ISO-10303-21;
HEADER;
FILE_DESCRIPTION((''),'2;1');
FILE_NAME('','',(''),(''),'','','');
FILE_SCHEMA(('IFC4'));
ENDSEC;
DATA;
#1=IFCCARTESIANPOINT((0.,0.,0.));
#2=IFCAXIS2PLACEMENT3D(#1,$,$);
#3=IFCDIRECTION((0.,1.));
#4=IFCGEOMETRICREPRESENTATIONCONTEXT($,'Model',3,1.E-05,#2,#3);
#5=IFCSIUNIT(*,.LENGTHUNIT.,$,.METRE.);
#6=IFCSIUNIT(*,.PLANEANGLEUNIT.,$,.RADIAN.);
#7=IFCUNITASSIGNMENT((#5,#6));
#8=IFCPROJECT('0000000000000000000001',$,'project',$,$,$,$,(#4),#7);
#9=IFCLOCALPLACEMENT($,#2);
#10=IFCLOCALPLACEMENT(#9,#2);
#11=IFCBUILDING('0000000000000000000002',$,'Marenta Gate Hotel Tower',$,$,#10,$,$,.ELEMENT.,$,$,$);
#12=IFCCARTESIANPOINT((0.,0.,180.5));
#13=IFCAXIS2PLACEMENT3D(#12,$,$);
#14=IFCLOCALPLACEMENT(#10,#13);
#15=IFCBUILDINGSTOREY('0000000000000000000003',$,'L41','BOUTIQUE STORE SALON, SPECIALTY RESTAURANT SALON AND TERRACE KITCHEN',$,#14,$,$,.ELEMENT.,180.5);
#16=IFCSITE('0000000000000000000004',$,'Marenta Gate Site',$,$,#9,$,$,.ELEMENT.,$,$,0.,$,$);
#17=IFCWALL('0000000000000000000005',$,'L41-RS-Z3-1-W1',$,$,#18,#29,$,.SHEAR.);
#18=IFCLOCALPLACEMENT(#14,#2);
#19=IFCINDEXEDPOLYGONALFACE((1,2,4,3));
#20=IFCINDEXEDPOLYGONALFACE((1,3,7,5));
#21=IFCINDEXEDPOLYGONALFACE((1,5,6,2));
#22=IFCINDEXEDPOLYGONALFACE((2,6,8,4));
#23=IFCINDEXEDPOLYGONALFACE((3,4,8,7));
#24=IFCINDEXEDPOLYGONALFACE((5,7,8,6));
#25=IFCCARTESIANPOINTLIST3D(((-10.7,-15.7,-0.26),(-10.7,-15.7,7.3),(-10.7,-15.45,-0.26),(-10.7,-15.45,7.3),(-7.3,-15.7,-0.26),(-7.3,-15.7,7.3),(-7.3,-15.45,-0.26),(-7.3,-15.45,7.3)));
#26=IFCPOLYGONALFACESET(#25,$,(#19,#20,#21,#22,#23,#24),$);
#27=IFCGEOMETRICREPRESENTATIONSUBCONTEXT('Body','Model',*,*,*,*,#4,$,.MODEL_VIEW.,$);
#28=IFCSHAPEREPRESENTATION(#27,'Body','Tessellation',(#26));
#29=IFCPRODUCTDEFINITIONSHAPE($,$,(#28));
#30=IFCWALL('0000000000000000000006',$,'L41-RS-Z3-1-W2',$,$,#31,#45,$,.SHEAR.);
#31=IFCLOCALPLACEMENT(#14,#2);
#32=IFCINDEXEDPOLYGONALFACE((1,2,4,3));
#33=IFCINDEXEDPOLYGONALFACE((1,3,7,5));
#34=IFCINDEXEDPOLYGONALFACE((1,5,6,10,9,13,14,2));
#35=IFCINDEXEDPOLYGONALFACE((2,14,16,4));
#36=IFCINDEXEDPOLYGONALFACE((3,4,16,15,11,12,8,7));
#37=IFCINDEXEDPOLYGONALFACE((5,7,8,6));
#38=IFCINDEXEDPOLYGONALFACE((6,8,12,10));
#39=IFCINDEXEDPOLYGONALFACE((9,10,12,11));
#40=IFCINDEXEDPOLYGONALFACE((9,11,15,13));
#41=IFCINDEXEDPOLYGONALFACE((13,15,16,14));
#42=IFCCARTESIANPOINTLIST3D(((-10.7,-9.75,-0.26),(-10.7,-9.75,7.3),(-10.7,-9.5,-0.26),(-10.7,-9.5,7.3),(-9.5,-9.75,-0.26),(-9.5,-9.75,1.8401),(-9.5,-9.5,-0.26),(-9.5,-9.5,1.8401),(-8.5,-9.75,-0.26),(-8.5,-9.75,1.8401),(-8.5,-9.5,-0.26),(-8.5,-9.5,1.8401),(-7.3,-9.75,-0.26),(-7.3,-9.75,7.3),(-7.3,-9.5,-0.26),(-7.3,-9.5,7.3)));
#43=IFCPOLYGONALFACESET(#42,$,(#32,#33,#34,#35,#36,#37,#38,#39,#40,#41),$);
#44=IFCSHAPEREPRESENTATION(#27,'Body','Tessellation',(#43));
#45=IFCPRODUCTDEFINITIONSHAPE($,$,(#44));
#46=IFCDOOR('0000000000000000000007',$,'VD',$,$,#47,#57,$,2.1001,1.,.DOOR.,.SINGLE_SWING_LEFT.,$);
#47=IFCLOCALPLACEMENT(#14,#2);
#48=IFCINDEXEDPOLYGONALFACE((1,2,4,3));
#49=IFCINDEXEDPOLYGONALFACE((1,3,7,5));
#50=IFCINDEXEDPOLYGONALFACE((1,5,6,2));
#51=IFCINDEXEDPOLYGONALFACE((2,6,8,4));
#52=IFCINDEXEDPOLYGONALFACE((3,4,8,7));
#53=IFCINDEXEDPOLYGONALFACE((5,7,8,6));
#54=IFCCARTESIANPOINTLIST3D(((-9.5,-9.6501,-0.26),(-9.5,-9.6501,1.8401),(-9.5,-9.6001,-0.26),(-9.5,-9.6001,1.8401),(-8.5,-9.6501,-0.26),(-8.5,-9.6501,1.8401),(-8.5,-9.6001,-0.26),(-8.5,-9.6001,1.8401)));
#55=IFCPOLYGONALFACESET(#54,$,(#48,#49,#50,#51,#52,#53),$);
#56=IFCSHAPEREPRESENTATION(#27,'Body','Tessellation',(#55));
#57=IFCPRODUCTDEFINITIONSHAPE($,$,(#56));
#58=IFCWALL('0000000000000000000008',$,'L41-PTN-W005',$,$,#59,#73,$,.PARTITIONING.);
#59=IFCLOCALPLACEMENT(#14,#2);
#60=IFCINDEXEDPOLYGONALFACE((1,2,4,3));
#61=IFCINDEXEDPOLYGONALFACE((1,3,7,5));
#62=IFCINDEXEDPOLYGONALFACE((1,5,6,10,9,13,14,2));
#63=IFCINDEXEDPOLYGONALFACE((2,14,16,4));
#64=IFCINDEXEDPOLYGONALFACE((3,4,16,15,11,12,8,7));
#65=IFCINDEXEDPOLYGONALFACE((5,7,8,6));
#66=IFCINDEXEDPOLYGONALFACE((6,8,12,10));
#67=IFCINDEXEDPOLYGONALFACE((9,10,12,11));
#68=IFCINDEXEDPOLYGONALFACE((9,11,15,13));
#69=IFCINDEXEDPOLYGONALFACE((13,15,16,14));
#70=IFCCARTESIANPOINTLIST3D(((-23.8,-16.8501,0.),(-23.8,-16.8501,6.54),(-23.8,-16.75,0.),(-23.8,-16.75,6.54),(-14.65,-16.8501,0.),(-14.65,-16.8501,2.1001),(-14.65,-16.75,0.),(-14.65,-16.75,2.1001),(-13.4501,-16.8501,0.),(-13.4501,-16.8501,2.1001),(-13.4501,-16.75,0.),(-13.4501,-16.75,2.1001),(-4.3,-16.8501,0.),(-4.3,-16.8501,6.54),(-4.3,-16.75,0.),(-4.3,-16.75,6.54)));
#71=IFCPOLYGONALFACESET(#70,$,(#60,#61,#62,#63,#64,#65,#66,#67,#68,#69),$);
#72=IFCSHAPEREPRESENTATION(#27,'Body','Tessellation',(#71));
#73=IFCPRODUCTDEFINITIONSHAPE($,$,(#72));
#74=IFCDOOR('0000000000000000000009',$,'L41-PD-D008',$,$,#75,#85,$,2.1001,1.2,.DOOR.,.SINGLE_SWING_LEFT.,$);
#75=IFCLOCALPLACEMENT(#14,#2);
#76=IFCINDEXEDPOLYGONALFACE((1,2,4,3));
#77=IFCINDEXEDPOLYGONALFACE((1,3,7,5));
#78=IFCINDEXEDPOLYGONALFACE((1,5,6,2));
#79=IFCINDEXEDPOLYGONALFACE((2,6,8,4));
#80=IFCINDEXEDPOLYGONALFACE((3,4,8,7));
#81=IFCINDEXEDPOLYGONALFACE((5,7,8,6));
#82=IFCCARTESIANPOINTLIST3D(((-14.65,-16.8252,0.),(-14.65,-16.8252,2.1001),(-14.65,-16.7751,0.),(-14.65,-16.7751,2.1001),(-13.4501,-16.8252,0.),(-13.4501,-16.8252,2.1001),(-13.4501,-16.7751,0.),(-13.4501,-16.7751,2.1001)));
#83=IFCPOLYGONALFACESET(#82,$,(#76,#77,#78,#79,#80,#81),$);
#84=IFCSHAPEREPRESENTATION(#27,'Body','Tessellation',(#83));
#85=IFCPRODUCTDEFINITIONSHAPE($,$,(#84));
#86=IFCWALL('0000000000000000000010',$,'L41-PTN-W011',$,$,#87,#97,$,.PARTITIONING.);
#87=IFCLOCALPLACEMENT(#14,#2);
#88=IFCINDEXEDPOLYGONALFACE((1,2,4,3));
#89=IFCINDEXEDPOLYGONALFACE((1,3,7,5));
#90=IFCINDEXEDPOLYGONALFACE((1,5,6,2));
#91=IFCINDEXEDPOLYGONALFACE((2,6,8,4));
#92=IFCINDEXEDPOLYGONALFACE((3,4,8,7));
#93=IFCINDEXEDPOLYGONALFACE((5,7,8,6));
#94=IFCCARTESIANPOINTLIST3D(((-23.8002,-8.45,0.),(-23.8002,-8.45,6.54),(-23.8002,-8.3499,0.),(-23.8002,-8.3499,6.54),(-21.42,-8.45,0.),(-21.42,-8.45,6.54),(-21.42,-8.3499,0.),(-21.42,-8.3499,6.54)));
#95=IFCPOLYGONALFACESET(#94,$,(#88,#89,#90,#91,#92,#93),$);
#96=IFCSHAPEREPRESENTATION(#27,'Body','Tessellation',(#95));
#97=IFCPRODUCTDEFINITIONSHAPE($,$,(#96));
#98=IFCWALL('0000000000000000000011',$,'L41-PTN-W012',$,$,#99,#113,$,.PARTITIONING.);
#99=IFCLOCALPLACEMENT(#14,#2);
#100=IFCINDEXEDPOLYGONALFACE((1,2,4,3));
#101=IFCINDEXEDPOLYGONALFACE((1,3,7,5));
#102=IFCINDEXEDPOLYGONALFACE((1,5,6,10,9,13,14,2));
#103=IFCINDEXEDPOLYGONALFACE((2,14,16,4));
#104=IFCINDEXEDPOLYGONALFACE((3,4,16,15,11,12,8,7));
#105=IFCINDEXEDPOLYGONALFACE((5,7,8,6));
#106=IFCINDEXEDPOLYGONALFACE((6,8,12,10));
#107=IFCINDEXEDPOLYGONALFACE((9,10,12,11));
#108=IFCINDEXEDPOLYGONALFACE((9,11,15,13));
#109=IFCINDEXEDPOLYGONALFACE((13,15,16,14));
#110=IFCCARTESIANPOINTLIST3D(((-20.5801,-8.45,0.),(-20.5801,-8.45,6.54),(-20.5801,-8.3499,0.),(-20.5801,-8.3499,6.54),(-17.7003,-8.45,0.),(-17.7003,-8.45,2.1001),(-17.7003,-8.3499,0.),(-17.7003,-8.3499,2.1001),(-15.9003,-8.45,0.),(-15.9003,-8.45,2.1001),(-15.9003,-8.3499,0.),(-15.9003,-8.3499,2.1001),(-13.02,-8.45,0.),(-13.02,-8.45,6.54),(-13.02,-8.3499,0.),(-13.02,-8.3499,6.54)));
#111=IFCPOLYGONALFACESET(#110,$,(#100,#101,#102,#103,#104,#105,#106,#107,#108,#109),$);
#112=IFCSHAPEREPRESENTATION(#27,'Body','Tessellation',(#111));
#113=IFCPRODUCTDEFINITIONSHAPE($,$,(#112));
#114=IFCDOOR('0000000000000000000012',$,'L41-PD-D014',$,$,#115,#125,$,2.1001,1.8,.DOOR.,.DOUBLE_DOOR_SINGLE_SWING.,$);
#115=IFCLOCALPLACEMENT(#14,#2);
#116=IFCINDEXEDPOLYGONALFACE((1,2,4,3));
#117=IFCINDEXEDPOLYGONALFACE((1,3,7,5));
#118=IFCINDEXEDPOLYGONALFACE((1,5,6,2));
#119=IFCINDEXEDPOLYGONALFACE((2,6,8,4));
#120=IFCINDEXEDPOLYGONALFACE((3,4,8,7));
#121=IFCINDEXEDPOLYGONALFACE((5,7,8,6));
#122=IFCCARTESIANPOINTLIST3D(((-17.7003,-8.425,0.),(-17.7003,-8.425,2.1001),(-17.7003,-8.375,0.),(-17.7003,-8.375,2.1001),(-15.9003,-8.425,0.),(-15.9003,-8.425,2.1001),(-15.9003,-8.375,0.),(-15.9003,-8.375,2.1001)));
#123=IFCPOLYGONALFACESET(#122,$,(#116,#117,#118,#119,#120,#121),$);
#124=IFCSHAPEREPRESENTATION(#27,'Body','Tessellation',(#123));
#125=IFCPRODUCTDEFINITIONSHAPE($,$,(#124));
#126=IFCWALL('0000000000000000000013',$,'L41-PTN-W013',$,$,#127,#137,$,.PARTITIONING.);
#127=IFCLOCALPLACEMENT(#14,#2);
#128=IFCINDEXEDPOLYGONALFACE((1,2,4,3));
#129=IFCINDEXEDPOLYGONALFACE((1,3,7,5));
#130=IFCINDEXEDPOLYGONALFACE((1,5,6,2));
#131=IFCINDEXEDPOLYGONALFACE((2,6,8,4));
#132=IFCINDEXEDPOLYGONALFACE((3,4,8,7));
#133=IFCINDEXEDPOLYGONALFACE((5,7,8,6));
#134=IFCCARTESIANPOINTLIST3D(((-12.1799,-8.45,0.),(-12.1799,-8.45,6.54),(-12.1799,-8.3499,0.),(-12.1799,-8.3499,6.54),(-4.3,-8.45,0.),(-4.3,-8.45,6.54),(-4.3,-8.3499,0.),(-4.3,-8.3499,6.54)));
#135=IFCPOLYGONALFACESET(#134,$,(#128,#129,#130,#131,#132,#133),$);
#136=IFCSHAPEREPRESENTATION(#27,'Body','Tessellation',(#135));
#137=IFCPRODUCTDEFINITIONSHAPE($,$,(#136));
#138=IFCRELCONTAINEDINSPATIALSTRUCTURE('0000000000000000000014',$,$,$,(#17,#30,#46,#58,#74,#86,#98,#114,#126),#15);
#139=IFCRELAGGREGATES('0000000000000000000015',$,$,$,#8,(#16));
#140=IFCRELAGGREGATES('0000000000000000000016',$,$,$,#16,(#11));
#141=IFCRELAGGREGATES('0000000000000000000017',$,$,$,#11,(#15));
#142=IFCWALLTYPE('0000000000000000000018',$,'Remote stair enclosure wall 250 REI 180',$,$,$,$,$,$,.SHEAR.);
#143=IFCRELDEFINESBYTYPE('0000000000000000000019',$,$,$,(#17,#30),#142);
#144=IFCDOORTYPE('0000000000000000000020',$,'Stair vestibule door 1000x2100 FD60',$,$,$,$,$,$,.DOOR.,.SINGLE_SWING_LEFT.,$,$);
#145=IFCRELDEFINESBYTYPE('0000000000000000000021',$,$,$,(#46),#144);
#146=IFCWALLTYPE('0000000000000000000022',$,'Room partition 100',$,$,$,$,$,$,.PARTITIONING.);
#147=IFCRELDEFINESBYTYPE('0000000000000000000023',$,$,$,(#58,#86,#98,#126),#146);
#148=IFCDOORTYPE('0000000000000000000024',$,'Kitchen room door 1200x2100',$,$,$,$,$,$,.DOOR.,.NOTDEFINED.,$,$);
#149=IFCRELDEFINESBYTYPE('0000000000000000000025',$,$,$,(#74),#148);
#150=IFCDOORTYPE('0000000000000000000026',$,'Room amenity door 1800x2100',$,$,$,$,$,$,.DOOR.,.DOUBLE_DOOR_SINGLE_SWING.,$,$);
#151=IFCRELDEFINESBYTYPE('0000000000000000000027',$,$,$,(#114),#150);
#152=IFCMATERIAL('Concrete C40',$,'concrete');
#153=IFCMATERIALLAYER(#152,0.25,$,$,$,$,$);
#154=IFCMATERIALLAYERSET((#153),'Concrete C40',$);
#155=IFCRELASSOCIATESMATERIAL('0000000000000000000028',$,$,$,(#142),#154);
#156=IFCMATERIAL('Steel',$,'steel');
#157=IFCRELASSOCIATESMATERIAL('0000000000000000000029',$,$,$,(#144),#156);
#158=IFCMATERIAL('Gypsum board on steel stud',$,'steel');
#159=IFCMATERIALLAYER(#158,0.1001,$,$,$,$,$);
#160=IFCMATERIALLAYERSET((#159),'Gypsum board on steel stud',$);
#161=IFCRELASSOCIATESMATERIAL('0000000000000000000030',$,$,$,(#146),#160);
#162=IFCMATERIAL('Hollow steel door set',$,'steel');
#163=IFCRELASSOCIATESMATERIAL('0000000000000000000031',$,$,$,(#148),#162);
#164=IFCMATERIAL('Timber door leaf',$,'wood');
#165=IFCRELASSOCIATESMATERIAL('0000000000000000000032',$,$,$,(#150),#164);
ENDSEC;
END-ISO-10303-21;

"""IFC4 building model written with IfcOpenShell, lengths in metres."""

from ifc_helpers import new_model, si_unit, direction, frame, frame_2d, origin, place, context, subcontext, project, spatial, rectangle, extrude, material, layer, layer_set, type_object, element, fill, save


model = new_model("IFC4")

# Units and contexts
model_context = context("Model", 3, precision=1e-05, world=origin(), true_north=direction((0.0, 1.0)))
body_context = subcontext(model_context, "Body", "Model", "MODEL_VIEW")
ifc_project = project(units=[si_unit("LENGTHUNIT", "METRE"), si_unit("PLANEANGLEUNIT", "RADIAN")], contexts=[model_context])

# Site, building, storey
site_placement = place(None, origin())
site = spatial("IfcSite", under=ifc_project, at=site_placement, Name="Marenta Gate Site", CompositionType="ELEMENT", RefElevation=0.0)
building_placement = place(site_placement, origin())
building = spatial("IfcBuilding", under=site, at=building_placement, Name="Marenta Gate Hotel Tower", CompositionType="ELEMENT")
storey_placement = place(building_placement, frame((0.0, 0.0, 180.5)))
storey = spatial("IfcBuildingStorey", under=building, at=storey_placement, Name="L41", Description="BOUTIQUE STORE SALON, SPECIALTY RESTAURANT SALON AND TERRACE KITCHEN", CompositionType="ELEMENT", Elevation=180.5)

# Wall
ifc_material_1 = material(Name="Concrete C40", Category="concrete")
ifc_layer_1 = layer(ifc_material_1, 0.25)
ifc_layer_set_1 = layer_set([ifc_layer_1], Name="Concrete C40")
wall_type_1 = type_object("IfcWallType", Name="Remote stair enclosure wall 250 REI 180", PredefinedType="SHEAR", material=ifc_layer_set_1)
wall_1_placement = place(storey_placement, frame((-10.7, -15.575, -0.26), z_axis=(0.0, 0.0, 1.0), x_axis=(1.0, 0.0, 0.0)))
element("IfcWall", 1, at=wall_1_placement, inside=storey, type_object=wall_type_1, Name="L41-RS-Z3-1-W1", PredefinedType="SHEAR", context=body_context, shape_type="SweptSolid", body=[
    extrude(rectangle(XDim=3.3999, YDim=0.25, at=frame_2d((1.7, 0.0))), origin(), (0.0, 0.0, 1.0), 7.5601),
])

# Walls, openings, doors
wall_2_placement = place(storey_placement, frame((-10.7, -9.625, -0.26), z_axis=(0.0, 0.0, 1.0), x_axis=(1.0, 0.0, 0.0)))
wall_2 = element("IfcWall", 2, at=wall_2_placement, inside=storey, type_object=wall_type_1, Name="L41-RS-Z3-1-W2", PredefinedType="SHEAR", context=body_context, shape_type="SweptSolid", body=[
    extrude(rectangle(XDim=3.3999, YDim=0.25, at=frame_2d((1.7, 0.0))), origin(), (0.0, 0.0, 1.0), 7.5601),
])
opening_1_placement = place(wall_2_placement, frame((1.2, 0.0, 0.0)))
opening_1 = element("IfcOpeningElement", 3, at=opening_1_placement, cuts=wall_2, PredefinedType="OPENING", context=body_context, shape_type="SweptSolid", body=[
    extrude(rectangle(XDim=1.0, YDim=2.1001, at=frame_2d((0.5, 1.05))), frame((0.0, 0.125, 0.0), z_axis=(0.0, -1.0, 0.0), x_axis=(1.0, 0.0, 0.0)), (0.0, 0.0, 1.0), 0.25),
])
ifc_material_2 = material(Name="Steel", Category="steel")
door_type_1 = type_object("IfcDoorType", Name="Stair vestibule door 1000x2100 FD60", OperationType="SINGLE_SWING_LEFT", PredefinedType="DOOR", material=ifc_material_2)
door_1_placement = place(opening_1_placement, origin())
door_1 = element("IfcDoor", 4, at=door_1_placement, inside=storey, type_object=door_type_1, Name="VD", OperationType="SINGLE_SWING_LEFT", OverallHeight=2.1001, OverallWidth=1.0, PredefinedType="DOOR", context=body_context, shape_type="SweptSolid", body=[
    extrude(rectangle(XDim=1.0, YDim=2.1001, at=frame_2d((0.5, 1.05))), frame((0.0, 0.0249, 0.0), z_axis=(0.0, -1.0, 0.0), x_axis=(1.0, 0.0, 0.0)), (0.0, 0.0, 1.0), 0.05),
])
fill(opening_1, door_1)
ifc_material_3 = material(Name="Gypsum board on steel stud", Category="steel")
ifc_layer_2 = layer(ifc_material_3, 0.1001)
ifc_layer_set_2 = layer_set([ifc_layer_2], Name="Gypsum board on steel stud")
wall_type_2 = type_object("IfcWallType", Name="Room partition 100", PredefinedType="PARTITIONING", material=ifc_layer_set_2)
wall_3_placement = place(storey_placement, frame((-23.8, -16.8, 0.0), z_axis=(0.0, 0.0, 1.0), x_axis=(1.0, 0.0, 0.0)))
wall_3 = element("IfcWall", 5, at=wall_3_placement, inside=storey, type_object=wall_type_2, Name="L41-PTN-W005", PredefinedType="PARTITIONING", context=body_context, shape_type="SweptSolid", body=[
    extrude(rectangle(XDim=19.5, YDim=0.1001, at=frame_2d((9.75, 0.0))), origin(), (0.0, 0.0, 1.0), 6.54),
])
opening_2_placement = place(wall_3_placement, frame((9.1499, 0.0, 0.0)))
opening_2 = element("IfcOpeningElement", 6, at=opening_2_placement, cuts=wall_3, PredefinedType="OPENING", context=body_context, shape_type="SweptSolid", body=[
    extrude(rectangle(XDim=1.2, YDim=2.1001, at=frame_2d((0.6001, 1.05))), frame((0.0, 0.05, 0.0), z_axis=(0.0, -1.0, 0.0), x_axis=(1.0, 0.0, 0.0)), (0.0, 0.0, 1.0), 0.1001),
])
ifc_material_4 = material(Name="Hollow steel door set", Category="steel")
door_type_2 = type_object("IfcDoorType", Name="Kitchen room door 1200x2100", OperationType="NOTDEFINED", PredefinedType="DOOR", material=ifc_material_4)
door_2_placement = place(opening_2_placement, origin())
door_2 = element("IfcDoor", 7, at=door_2_placement, inside=storey, type_object=door_type_2, Name="L41-PD-D008", OperationType="SINGLE_SWING_LEFT", OverallHeight=2.1001, OverallWidth=1.2, PredefinedType="DOOR", context=body_context, shape_type="SweptSolid", body=[
    extrude(rectangle(XDim=1.2, YDim=2.1001, at=frame_2d((0.6001, 1.05))), frame((0.0, 0.0249, 0.0), z_axis=(0.0, -1.0, 0.0), x_axis=(1.0, 0.0, 0.0)), (0.0, 0.0, 1.0), 0.05),
])
fill(opening_2, door_2)

# Wall
wall_4_placement = place(storey_placement, frame((-23.8, -8.3999, 0.0), z_axis=(0.0, 0.0, 1.0), x_axis=(1.0, 0.0, 0.0)))
element("IfcWall", 8, at=wall_4_placement, inside=storey, type_object=wall_type_2, Name="L41-PTN-W011", PredefinedType="PARTITIONING", context=body_context, shape_type="SweptSolid", body=[
    extrude(rectangle(XDim=2.3801, YDim=0.1001, at=frame_2d((1.1899, 0.0))), origin(), (0.0, 0.0, 1.0), 6.54),
])

# Wall, opening, door
wall_5_placement = place(storey_placement, frame((-20.5801, -8.3999, 0.0), z_axis=(0.0, 0.0, 1.0), x_axis=(1.0, 0.0, 0.0)))
wall_5 = element("IfcWall", 9, at=wall_5_placement, inside=storey, type_object=wall_type_2, Name="L41-PTN-W012", PredefinedType="PARTITIONING", context=body_context, shape_type="SweptSolid", body=[
    extrude(rectangle(XDim=7.5601, YDim=0.1001, at=frame_2d((3.78, 0.0))), origin(), (0.0, 0.0, 1.0), 6.54),
])
opening_3_placement = place(wall_5_placement, frame((2.8799, 0.0, 0.0)))
opening_3 = element("IfcOpeningElement", 10, at=opening_3_placement, cuts=wall_5, PredefinedType="OPENING", context=body_context, shape_type="SweptSolid", body=[
    extrude(rectangle(XDim=1.8, YDim=2.1001, at=frame_2d((0.8999, 1.05))), frame((0.0, 0.05, 0.0), z_axis=(0.0, -1.0, 0.0), x_axis=(1.0, 0.0, 0.0)), (0.0, 0.0, 1.0), 0.1001),
])
ifc_material_5 = material(Name="Timber door leaf", Category="wood")
door_type_3 = type_object("IfcDoorType", Name="Room amenity door 1800x2100", OperationType="DOUBLE_DOOR_SINGLE_SWING", PredefinedType="DOOR", material=ifc_material_5)
door_3_placement = place(opening_3_placement, origin())
door_3 = element("IfcDoor", 11, at=door_3_placement, inside=storey, type_object=door_type_3, Name="L41-PD-D014", OperationType="DOUBLE_DOOR_SINGLE_SWING", OverallHeight=2.1001, OverallWidth=1.8, PredefinedType="DOOR", context=body_context, shape_type="SweptSolid", body=[
    extrude(rectangle(XDim=1.8, YDim=2.1001, at=frame_2d((0.8999, 1.05))), frame((0.0, 0.0249, 0.0), z_axis=(0.0, -1.0, 0.0), x_axis=(1.0, 0.0, 0.0)), (0.0, 0.0, 1.0), 0.05),
])
fill(opening_3, door_3)

# Wall
wall_6_placement = place(storey_placement, frame((-12.1799, -8.3999, 0.0), z_axis=(0.0, 0.0, 1.0), x_axis=(1.0, 0.0, 0.0)))
element("IfcWall", 12, at=wall_6_placement, inside=storey, type_object=wall_type_2, Name="L41-PTN-W013", PredefinedType="PARTITIONING", context=body_context, shape_type="SweptSolid", body=[
    extrude(rectangle(XDim=7.8799, YDim=0.1001, at=frame_2d((3.9399, 0.0))), origin(), (0.0, 0.0, 1.0), 6.54),
])

save(model, "model.ifc")
